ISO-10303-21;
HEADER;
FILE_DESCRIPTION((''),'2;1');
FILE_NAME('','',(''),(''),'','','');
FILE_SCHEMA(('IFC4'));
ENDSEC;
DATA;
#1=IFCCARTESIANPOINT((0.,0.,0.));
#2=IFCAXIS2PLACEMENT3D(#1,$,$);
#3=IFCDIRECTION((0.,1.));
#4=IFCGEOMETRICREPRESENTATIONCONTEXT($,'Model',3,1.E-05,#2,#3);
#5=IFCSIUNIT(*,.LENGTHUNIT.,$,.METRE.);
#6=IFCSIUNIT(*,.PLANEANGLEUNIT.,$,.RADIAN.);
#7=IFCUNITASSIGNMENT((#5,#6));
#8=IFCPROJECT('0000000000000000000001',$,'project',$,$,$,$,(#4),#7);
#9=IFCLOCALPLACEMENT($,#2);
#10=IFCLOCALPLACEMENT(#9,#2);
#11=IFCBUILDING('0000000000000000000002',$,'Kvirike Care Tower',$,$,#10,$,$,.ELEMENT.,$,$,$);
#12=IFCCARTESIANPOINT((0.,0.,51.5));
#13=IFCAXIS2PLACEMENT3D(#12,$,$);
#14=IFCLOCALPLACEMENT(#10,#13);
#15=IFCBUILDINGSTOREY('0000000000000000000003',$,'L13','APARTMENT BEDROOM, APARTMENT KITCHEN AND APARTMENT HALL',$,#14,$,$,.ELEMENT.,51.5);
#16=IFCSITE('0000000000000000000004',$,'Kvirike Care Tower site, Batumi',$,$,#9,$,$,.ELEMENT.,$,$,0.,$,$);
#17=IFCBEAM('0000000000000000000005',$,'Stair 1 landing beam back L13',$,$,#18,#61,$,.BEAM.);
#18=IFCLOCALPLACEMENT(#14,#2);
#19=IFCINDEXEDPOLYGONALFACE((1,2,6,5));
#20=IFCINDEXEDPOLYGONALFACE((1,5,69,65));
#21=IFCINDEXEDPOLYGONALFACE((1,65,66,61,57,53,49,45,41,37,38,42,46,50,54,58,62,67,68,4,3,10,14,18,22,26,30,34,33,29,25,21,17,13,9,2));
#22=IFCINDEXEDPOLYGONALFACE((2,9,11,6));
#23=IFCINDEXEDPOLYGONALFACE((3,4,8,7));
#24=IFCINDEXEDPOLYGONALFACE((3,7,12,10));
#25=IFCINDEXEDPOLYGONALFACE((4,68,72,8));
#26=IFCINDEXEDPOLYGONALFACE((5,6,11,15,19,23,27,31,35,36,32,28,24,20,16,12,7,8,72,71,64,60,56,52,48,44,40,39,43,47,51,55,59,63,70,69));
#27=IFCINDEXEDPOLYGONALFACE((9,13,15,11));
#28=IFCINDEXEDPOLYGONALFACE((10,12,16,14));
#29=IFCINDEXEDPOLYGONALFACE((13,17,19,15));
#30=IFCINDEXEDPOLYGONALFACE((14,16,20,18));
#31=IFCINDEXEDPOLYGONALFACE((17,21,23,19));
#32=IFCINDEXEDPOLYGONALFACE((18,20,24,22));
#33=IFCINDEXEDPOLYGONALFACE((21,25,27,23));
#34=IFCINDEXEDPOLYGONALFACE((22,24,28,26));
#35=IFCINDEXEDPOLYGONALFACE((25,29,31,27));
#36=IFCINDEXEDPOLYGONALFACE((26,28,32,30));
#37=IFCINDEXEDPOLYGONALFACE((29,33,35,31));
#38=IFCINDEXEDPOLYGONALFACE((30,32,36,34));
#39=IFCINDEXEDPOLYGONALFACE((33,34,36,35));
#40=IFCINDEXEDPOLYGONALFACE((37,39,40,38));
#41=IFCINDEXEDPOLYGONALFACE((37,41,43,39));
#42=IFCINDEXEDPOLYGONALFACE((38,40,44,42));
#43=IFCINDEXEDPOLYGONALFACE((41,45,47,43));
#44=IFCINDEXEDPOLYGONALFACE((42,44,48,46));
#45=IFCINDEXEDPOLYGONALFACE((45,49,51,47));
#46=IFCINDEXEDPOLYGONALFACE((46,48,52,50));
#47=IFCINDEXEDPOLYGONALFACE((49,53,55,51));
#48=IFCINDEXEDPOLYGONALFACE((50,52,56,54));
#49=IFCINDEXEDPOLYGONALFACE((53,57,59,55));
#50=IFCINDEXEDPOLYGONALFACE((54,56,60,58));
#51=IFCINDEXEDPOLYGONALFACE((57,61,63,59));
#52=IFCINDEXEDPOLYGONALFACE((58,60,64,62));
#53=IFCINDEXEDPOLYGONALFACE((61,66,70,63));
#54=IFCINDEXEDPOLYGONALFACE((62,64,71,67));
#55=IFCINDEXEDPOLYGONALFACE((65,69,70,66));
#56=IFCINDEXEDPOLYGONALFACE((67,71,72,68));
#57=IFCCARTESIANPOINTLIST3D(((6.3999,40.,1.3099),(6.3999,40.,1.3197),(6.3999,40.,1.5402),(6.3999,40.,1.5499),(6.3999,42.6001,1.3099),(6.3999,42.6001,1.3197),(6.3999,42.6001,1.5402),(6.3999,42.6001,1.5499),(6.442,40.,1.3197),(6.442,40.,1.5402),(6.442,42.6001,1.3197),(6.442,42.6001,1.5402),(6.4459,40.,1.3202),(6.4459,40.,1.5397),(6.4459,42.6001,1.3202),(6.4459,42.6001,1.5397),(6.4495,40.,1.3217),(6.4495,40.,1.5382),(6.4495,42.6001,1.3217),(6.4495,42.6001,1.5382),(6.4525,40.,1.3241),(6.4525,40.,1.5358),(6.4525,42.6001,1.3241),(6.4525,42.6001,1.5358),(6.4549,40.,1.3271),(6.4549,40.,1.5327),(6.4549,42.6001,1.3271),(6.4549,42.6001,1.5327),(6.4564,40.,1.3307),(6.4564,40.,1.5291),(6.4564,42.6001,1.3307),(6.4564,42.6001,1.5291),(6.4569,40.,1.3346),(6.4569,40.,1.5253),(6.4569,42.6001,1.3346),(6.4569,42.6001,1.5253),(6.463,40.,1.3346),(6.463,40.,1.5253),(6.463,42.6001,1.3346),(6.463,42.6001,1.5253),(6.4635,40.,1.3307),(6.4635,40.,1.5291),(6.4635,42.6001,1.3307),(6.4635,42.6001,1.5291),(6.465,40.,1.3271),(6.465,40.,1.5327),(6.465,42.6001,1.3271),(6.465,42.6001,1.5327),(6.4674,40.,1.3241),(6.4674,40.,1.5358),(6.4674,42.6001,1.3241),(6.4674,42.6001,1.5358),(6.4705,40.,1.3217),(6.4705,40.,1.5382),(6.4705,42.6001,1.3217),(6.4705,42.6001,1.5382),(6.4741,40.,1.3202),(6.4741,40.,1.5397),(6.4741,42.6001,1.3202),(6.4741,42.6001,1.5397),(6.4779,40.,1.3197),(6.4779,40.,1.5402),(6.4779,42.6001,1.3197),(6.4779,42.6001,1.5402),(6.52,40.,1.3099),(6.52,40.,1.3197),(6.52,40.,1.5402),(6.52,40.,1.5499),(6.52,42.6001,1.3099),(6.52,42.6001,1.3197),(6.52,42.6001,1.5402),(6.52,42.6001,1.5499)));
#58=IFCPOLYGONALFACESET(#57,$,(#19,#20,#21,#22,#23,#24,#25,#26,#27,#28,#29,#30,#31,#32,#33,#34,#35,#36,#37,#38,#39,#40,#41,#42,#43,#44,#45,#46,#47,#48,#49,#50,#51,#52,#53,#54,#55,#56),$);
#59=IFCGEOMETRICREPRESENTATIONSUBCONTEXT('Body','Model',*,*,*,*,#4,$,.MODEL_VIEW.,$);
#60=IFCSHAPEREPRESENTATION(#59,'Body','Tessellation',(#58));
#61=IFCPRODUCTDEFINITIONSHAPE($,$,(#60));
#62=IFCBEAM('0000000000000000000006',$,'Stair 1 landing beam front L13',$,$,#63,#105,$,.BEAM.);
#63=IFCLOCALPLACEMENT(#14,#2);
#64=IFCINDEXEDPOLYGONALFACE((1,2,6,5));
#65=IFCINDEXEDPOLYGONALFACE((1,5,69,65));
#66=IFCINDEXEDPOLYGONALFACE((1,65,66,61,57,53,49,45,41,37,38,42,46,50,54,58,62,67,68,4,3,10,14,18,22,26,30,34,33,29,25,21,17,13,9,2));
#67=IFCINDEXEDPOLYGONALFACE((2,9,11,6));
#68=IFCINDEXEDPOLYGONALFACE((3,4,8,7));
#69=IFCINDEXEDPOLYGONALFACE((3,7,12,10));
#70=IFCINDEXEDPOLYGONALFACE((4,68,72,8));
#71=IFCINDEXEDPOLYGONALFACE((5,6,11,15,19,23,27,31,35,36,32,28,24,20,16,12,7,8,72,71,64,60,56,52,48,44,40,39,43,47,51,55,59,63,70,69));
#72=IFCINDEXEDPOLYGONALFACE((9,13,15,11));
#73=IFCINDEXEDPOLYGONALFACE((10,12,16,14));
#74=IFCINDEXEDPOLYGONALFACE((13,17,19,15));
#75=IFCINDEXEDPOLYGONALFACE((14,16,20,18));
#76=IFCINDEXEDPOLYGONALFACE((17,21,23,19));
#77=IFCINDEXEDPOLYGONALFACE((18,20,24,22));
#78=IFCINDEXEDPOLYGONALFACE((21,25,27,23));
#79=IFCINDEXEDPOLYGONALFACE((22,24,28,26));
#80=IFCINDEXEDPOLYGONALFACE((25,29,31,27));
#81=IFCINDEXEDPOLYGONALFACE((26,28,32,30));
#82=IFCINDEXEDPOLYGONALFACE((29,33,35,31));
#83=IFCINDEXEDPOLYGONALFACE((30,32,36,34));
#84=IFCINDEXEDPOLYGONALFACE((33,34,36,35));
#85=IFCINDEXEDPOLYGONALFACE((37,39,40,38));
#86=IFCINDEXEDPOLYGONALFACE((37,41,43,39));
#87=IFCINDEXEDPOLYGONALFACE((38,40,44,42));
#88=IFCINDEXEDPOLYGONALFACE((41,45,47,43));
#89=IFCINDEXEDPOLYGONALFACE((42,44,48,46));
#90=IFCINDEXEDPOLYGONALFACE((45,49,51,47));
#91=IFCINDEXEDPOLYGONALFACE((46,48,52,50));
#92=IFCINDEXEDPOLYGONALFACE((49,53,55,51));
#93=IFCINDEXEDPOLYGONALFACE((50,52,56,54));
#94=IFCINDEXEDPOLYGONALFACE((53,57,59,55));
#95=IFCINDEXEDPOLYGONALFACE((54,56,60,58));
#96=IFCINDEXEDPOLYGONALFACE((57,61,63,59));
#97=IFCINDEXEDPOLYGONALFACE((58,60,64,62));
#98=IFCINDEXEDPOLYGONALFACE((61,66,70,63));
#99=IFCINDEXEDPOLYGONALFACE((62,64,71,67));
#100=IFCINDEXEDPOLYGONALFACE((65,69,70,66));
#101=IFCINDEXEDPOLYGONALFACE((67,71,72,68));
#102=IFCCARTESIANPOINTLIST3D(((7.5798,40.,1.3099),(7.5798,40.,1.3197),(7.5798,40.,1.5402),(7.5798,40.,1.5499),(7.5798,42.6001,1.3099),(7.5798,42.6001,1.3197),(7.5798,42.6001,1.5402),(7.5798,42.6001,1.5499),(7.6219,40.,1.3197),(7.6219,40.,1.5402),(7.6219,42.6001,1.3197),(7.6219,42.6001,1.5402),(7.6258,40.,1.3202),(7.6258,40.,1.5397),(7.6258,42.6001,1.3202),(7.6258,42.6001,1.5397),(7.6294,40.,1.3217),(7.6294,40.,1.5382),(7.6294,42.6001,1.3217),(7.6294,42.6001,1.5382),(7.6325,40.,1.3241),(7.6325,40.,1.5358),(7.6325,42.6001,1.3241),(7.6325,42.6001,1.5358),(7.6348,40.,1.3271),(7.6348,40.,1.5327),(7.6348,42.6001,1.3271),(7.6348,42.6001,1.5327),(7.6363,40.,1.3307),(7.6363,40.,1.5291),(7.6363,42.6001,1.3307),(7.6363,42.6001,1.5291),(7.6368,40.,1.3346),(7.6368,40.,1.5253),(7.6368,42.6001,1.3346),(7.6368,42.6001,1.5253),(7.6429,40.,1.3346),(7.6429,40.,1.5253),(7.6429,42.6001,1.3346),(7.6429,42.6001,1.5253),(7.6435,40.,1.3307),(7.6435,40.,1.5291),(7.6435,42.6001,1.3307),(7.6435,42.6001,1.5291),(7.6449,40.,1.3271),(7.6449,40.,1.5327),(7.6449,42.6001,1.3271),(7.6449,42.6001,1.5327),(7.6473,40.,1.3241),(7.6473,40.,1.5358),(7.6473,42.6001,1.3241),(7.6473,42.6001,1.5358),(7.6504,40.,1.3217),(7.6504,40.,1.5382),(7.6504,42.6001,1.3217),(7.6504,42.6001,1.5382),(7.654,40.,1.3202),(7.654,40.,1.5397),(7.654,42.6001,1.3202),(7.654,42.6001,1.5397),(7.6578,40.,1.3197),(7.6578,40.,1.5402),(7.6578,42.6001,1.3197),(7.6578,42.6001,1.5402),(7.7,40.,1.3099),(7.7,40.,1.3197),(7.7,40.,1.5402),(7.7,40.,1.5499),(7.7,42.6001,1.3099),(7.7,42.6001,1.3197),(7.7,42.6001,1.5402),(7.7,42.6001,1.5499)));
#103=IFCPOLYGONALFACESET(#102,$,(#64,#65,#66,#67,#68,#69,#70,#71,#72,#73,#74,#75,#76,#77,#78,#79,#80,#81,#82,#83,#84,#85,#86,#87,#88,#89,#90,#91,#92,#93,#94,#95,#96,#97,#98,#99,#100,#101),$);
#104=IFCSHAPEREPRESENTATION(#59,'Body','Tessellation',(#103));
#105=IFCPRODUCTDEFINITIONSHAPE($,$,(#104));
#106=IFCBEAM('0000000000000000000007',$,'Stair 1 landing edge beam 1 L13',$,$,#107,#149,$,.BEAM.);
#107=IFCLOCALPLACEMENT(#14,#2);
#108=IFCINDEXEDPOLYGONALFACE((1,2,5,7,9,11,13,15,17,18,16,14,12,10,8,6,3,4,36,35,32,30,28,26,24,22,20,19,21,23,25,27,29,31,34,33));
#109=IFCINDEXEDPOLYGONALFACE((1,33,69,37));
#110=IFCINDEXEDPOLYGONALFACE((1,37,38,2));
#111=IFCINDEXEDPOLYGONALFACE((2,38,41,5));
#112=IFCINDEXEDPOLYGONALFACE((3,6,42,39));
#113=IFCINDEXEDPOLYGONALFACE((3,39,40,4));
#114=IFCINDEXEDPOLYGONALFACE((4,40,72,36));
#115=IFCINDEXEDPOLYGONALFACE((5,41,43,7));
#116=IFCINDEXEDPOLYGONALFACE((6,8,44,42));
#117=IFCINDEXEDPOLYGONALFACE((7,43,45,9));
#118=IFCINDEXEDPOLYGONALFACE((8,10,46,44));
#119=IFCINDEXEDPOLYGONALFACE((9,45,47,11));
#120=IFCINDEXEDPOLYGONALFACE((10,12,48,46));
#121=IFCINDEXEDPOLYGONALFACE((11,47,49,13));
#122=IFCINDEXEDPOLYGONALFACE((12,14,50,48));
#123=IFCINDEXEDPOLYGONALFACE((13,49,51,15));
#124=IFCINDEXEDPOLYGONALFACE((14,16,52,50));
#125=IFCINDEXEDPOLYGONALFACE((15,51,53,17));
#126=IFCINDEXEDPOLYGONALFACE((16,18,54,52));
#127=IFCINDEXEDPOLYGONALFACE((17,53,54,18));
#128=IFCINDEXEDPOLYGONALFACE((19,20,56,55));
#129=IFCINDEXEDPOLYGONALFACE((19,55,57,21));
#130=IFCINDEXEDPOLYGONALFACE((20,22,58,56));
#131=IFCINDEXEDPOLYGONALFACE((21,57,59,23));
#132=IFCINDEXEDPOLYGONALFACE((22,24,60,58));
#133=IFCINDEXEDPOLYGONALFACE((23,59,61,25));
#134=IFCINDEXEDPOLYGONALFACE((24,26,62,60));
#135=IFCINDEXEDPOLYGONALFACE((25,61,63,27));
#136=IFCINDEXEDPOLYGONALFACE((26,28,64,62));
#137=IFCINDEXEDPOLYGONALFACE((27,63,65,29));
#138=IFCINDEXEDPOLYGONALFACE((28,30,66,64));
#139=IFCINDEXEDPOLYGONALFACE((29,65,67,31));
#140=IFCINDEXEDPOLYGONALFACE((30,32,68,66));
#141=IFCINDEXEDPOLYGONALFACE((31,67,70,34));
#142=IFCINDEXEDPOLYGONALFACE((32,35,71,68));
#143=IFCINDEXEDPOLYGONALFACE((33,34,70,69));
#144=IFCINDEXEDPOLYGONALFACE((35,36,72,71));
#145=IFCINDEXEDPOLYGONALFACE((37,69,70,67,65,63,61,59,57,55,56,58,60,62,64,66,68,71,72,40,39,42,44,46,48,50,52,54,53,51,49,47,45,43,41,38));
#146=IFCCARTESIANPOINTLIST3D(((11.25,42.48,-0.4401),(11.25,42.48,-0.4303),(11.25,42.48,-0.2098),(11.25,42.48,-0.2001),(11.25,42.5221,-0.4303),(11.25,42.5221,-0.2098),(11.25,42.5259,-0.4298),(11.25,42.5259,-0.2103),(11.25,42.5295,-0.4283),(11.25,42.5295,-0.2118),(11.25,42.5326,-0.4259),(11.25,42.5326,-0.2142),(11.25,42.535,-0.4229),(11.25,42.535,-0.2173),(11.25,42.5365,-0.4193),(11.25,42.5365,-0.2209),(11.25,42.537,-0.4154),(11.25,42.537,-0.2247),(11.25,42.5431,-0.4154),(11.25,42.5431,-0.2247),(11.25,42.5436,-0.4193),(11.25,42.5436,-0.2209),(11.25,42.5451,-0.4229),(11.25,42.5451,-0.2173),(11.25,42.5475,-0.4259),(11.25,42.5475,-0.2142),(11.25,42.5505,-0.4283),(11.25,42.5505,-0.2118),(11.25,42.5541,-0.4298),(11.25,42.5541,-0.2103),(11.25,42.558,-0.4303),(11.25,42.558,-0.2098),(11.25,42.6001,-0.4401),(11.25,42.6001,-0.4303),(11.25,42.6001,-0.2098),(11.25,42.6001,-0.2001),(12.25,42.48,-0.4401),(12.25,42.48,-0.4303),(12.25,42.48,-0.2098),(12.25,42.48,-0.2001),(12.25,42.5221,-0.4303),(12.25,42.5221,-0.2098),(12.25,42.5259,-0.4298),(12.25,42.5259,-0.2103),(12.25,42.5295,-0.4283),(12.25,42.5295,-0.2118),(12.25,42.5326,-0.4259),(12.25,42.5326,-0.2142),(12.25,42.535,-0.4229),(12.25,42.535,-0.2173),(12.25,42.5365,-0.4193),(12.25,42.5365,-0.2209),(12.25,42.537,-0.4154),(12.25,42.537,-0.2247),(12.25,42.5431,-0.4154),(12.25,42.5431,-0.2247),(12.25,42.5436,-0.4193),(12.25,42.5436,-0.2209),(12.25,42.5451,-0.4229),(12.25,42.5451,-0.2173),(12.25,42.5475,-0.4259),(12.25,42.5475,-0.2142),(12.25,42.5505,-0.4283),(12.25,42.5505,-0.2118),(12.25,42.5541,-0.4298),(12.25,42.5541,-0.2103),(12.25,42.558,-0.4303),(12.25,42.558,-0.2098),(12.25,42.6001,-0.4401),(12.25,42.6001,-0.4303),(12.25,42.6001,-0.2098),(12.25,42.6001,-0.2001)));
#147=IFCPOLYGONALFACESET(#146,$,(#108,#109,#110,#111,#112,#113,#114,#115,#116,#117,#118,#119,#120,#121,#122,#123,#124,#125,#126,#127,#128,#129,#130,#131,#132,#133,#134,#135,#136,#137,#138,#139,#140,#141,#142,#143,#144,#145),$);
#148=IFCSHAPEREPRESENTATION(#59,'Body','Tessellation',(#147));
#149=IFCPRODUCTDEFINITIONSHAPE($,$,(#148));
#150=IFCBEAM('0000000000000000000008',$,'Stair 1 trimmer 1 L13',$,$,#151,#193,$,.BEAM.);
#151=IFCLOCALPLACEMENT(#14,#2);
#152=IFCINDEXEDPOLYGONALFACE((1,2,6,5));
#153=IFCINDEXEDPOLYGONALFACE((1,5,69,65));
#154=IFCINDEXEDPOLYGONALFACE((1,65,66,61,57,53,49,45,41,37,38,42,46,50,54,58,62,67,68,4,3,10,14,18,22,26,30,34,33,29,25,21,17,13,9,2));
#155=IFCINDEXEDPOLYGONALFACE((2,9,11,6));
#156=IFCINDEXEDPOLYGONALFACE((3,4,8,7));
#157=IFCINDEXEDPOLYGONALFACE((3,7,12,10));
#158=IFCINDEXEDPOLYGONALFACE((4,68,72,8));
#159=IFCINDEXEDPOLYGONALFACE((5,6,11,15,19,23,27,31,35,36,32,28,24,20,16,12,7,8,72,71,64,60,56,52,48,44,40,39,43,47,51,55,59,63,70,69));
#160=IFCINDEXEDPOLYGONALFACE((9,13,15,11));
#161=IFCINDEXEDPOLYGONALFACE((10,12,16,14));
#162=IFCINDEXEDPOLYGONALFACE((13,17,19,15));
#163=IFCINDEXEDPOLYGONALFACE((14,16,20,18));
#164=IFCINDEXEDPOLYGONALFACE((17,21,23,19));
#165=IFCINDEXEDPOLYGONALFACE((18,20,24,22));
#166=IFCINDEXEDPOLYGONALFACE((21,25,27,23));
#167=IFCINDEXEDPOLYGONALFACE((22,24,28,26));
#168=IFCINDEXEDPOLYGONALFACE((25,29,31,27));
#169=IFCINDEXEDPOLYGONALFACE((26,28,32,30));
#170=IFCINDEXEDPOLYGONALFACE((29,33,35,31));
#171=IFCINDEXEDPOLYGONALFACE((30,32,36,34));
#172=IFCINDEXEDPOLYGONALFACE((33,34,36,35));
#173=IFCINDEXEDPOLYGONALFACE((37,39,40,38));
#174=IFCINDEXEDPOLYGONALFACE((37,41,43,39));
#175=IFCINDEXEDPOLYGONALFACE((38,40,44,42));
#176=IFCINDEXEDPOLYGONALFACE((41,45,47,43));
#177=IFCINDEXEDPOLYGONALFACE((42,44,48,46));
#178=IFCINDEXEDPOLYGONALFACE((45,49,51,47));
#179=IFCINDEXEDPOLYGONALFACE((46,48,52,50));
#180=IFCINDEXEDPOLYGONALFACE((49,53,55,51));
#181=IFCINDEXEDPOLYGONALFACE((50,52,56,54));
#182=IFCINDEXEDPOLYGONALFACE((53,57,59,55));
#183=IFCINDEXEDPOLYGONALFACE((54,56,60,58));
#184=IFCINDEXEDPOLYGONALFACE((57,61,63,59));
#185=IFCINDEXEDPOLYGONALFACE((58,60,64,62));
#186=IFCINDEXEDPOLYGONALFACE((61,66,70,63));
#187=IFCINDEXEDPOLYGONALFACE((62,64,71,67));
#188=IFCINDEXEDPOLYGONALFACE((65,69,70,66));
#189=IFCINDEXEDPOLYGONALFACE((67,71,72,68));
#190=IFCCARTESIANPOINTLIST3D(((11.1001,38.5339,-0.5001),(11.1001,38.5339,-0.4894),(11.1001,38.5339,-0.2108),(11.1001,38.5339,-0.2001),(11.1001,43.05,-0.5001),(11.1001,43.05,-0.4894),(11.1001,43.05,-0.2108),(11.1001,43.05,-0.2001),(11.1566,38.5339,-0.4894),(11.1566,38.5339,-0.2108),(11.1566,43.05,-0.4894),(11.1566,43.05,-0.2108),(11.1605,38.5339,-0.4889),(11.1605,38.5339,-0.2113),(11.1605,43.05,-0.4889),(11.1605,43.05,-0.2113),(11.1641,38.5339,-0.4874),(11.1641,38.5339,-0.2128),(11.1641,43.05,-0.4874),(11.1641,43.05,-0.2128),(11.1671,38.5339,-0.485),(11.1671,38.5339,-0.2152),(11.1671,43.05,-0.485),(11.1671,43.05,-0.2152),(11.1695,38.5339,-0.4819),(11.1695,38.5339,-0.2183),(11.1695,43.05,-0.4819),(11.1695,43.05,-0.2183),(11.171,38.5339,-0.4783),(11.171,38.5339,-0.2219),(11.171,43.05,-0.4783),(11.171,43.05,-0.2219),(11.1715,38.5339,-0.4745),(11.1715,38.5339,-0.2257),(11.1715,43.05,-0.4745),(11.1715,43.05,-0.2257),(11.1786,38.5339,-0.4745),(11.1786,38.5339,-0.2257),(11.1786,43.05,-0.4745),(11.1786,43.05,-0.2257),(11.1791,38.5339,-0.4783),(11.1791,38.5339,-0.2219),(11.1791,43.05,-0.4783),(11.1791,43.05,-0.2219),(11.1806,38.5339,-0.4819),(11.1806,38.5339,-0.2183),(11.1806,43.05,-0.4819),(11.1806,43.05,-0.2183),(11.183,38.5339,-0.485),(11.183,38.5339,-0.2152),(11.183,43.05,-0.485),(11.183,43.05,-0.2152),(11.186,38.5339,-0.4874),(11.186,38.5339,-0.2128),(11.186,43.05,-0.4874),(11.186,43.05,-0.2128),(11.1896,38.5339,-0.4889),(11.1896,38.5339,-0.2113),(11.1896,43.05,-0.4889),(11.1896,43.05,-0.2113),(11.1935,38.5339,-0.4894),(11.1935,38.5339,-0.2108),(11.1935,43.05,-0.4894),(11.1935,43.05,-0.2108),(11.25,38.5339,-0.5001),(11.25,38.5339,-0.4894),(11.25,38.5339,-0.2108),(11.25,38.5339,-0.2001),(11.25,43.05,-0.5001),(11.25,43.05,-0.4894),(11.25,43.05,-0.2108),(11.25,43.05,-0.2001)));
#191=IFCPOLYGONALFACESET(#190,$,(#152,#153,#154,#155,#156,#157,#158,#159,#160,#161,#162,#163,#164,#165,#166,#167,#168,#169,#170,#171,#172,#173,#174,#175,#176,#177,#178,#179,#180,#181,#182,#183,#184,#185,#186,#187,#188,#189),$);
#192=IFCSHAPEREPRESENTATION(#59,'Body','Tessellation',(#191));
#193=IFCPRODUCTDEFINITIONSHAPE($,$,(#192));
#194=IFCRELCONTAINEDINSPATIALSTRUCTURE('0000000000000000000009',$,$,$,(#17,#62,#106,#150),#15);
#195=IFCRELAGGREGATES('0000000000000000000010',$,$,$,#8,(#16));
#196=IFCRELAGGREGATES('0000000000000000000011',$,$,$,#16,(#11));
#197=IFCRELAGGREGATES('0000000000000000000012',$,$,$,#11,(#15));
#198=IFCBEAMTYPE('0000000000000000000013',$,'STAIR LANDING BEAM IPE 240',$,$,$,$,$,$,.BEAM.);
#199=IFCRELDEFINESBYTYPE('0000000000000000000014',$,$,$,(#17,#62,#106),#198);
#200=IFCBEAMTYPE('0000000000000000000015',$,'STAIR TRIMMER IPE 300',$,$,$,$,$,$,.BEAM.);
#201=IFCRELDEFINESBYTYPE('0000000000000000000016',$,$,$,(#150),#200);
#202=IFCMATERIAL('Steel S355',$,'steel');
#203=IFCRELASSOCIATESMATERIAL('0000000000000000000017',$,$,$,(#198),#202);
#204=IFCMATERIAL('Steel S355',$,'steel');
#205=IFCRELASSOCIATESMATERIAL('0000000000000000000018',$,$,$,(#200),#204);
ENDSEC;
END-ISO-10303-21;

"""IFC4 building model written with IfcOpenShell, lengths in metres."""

from ifc_helpers import new_model, si_unit, direction, frame, origin, origin_2d, place, context, subcontext, project, spatial, i_section, extrude, material, material_profile, profile_set, type_object, element, save


model = new_model("IFC4")

# Units and contexts
model_context = context("Model", 3, precision=1e-05, world=origin(), true_north=direction((0.0, 1.0)))
body_context = subcontext(model_context, "Body", "Model", "MODEL_VIEW")
ifc_project = project(units=[si_unit("LENGTHUNIT", "METRE"), si_unit("PLANEANGLEUNIT", "RADIAN")], contexts=[model_context])

# Site, building, storey
site_placement = place(None, origin())
site = spatial("IfcSite", under=ifc_project, at=site_placement, Name="Kvirike Care Tower site, Batumi", CompositionType="ELEMENT", RefElevation=0.0)
building_placement = place(site_placement, origin())
building = spatial("IfcBuilding", under=site, at=building_placement, Name="Kvirike Care Tower", CompositionType="ELEMENT")
storey_placement = place(building_placement, frame((0.0, 0.0, 51.5)))
storey = spatial("IfcBuildingStorey", under=building, at=storey_placement, Name="L13", Description="APARTMENT BEDROOM, APARTMENT KITCHEN AND APARTMENT HALL", CompositionType="ELEMENT", Elevation=51.5)

# Beams
ifc_material_1 = material(Name="Steel S355", Category="steel")
ifc_material_profile_1 = material_profile(ifc_material_1, i_section(OverallWidth=0.1201, OverallDepth=0.24, WebThickness=0.0061, FlangeThickness=0.0098, FilletRadius=0.0149, at=origin_2d()), Name="IPE 240")
ifc_profile_set_1 = profile_set([ifc_material_profile_1], Name="Steel S355")
beam_type_1 = type_object("IfcBeamType", Name="STAIR LANDING BEAM IPE 240", PredefinedType="BEAM", material=ifc_profile_set_1)
for number, where, z_axis, x_axis, name in (
    (1, (6.46, 42.6001, 1.4299), (0.0, -1.0, 0.0), (1.0, 0.0, 0.0), "Stair 1 landing beam back L13"),
    (2, (7.6399, 42.6001, 1.4299), (0.0, -1.0, 0.0), (1.0, 0.0, 0.0), "Stair 1 landing beam front L13"),
):
    element("IfcBeam", number, at=place(storey_placement, frame(where, z_axis=z_axis, x_axis=x_axis)), inside=storey, type_object=beam_type_1, Name=name, PredefinedType="BEAM", context=body_context, shape_type="SweptSolid", body=[
        extrude(i_section(OverallWidth=0.1201, OverallDepth=0.24, WebThickness=0.0061, FlangeThickness=0.0098, FilletRadius=0.0149, at=origin_2d()), origin(), (0.0, 0.0, 1.0), 2.6001),
    ])
beam_1_placement = place(storey_placement, frame((11.25, 42.54, -0.3201), z_axis=(1.0, 0.0, 0.0), x_axis=(0.0, 1.0, 0.0)))
element("IfcBeam", 3, at=beam_1_placement, inside=storey, type_object=beam_type_1, Name="Stair 1 landing edge beam 1 L13", PredefinedType="BEAM", context=body_context, shape_type="SweptSolid", body=[
    extrude(i_section(OverallWidth=0.1201, OverallDepth=0.24, WebThickness=0.0061, FlangeThickness=0.0098, FilletRadius=0.0149, at=origin_2d()), origin(), (0.0, 0.0, 1.0), 1.0),
])
ifc_material_2 = material(Name="Steel S355", Category="steel")
ifc_material_profile_2 = material_profile(ifc_material_2, i_section(OverallWidth=0.1499, OverallDepth=0.3, WebThickness=0.0071, FlangeThickness=0.0107, FilletRadius=0.0149, at=origin_2d()), Name="IPE 300")
ifc_profile_set_2 = profile_set([ifc_material_profile_2], Name="Steel S355")
beam_type_2 = type_object("IfcBeamType", Name="STAIR TRIMMER IPE 300", PredefinedType="BEAM", material=ifc_profile_set_2)
for number, where, z_axis, x_axis, name in (
    (4, (11.175, 43.05, -0.3501), (0.0, -1.0, 0.0), (1.0, 0.0, 0.0), "Stair 1 trimmer 1 L13"),
):
    element("IfcBeam", number, at=place(storey_placement, frame(where, z_axis=z_axis, x_axis=x_axis)), inside=storey, type_object=beam_type_2, Name=name, PredefinedType="BEAM", context=body_context, shape_type="SweptSolid", body=[
        extrude(i_section(OverallWidth=0.1499, OverallDepth=0.3, WebThickness=0.0071, FlangeThickness=0.0107, FilletRadius=0.0149, at=origin_2d()), origin(), (0.0, 0.0, 1.0), 4.5161),
    ])

save(model, "model.ifc")
